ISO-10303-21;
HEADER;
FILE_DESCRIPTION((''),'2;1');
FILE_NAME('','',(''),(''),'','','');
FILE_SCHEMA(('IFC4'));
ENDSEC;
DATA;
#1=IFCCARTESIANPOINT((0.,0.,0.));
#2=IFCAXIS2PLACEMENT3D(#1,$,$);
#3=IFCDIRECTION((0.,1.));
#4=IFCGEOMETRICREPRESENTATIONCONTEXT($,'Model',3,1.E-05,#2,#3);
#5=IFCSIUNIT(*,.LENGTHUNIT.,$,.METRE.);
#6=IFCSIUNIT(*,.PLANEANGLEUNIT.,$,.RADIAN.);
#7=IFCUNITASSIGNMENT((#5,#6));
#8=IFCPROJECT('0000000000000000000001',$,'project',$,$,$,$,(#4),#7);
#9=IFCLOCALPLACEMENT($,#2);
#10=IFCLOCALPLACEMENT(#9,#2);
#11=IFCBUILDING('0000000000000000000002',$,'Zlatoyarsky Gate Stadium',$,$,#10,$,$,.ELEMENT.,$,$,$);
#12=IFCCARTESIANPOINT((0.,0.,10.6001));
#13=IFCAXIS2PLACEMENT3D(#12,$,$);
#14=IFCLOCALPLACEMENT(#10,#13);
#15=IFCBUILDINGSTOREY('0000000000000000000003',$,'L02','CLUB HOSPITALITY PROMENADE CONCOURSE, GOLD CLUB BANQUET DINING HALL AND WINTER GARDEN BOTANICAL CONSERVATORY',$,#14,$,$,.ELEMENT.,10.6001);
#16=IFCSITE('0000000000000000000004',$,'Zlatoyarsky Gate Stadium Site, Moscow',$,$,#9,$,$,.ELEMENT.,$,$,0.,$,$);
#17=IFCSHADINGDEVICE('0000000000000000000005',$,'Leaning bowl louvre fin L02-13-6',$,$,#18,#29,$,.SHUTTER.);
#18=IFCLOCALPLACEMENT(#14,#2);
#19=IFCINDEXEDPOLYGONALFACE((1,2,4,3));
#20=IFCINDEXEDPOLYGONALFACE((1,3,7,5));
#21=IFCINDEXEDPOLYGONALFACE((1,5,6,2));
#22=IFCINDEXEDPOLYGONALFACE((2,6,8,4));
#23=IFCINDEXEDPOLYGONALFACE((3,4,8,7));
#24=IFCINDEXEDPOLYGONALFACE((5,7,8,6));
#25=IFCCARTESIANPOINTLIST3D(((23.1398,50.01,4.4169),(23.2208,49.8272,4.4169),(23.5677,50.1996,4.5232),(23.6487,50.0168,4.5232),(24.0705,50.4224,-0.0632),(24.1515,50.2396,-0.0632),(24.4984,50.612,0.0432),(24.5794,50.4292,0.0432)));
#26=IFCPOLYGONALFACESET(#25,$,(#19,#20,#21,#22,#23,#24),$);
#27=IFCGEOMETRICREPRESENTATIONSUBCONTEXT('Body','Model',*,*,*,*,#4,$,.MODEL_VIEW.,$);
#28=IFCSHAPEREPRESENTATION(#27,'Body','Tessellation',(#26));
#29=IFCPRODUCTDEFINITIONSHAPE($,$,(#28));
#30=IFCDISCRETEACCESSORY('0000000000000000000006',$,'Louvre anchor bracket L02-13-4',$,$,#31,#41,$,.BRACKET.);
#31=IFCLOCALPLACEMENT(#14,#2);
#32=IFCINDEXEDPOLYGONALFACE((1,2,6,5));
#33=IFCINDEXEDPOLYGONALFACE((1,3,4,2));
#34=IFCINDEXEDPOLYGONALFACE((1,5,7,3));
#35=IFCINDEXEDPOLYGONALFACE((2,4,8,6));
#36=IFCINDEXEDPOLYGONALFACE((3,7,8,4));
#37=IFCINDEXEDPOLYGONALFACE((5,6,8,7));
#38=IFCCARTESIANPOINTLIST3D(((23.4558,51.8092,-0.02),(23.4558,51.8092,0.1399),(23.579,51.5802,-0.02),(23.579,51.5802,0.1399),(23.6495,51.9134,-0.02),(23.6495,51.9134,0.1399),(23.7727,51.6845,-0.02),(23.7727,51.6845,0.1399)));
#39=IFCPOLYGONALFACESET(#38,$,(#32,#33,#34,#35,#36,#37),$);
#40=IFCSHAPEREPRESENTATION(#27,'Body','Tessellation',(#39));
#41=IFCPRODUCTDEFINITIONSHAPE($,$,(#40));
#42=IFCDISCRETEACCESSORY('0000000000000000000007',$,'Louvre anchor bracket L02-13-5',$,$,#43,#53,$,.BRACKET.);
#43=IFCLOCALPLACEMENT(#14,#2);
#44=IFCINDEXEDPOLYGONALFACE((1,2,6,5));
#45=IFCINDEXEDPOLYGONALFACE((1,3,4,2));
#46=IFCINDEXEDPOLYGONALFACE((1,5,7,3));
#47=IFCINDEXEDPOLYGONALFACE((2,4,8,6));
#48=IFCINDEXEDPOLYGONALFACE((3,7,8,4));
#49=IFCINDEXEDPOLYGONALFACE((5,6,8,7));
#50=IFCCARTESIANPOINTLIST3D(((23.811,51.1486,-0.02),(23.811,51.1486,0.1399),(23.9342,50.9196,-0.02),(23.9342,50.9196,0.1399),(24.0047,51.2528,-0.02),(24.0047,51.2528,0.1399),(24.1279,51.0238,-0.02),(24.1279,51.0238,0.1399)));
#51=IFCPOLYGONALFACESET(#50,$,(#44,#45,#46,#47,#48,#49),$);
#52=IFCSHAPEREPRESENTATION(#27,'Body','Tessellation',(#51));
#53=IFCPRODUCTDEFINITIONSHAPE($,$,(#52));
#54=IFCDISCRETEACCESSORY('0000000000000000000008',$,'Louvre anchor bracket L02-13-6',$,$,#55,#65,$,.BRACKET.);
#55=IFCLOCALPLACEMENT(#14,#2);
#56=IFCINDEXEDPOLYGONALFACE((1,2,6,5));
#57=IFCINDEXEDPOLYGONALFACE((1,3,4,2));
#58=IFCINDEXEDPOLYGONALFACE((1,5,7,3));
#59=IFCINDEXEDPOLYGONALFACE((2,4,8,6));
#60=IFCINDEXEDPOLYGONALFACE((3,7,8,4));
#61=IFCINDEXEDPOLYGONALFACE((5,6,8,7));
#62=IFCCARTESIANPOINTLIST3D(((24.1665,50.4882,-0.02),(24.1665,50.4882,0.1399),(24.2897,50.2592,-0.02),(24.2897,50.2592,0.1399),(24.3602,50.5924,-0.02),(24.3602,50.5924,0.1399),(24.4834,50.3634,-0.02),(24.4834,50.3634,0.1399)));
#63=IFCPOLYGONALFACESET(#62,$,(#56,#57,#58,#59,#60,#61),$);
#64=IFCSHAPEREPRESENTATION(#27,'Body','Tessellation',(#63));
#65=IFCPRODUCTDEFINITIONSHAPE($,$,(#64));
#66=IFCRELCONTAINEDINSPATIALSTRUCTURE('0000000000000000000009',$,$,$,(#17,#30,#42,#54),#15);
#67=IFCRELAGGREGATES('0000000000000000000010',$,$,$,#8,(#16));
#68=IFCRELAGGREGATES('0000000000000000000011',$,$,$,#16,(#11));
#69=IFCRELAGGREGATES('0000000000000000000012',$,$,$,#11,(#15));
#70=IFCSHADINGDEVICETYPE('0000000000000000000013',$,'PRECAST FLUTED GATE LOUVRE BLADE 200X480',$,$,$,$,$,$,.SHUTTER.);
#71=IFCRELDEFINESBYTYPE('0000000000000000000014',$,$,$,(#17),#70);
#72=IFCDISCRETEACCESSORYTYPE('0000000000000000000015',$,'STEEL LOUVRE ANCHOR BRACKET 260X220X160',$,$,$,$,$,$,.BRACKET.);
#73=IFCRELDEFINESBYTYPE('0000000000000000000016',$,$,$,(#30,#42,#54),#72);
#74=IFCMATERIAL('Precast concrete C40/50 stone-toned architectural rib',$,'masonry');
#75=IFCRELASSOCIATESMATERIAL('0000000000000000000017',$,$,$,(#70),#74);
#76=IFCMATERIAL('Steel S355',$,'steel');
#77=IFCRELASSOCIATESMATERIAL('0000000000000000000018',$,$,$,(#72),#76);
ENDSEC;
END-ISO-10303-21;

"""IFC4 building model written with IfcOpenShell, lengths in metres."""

from ifc_helpers import new_model, si_unit, direction, frame, origin, origin_2d, place, context, subcontext, project, spatial, rectangle, extrude, material, material_profile, profile_set, type_object, element, save


model = new_model("IFC4")

# Units and contexts
model_context = context("Model", 3, precision=1e-05, world=origin(), true_north=direction((0.0, 1.0)))
body_context = subcontext(model_context, "Body", "Model", "MODEL_VIEW")
ifc_project = project(units=[si_unit("LENGTHUNIT", "METRE"), si_unit("PLANEANGLEUNIT", "RADIAN")], contexts=[model_context])

# Site, building, storey
site_placement = place(None, origin())
site = spatial("IfcSite", under=ifc_project, at=site_placement, Name="Zlatoyarsky Gate Stadium Site, Moscow", CompositionType="ELEMENT", RefElevation=0.0)
building_placement = place(site_placement, origin())
building = spatial("IfcBuilding", under=site, at=building_placement, Name="Zlatoyarsky Gate Stadium", CompositionType="ELEMENT")
storey_placement = place(building_placement, frame((0.0, 0.0, 10.6001)))
storey = spatial("IfcBuildingStorey", under=building, at=storey_placement, Name="L02", Description="CLUB HOSPITALITY PROMENADE CONCOURSE, GOLD CLUB BANQUET DINING HALL AND WINTER GARDEN BOTANICAL CONSERVATORY", CompositionType="ELEMENT", Elevation=10.6001)

# Shared definitions
ifc_material_1 = material(Name="Steel S355", Category="steel")

# Shading device
ifc_material_2 = material(Name="Precast concrete C40/50 stone-toned architectural rib", Category="masonry")
ifc_material_profile_1 = material_profile(ifc_material_2, rectangle(XDim=0.2, YDim=0.48, at=origin_2d()), Name="RIB 200X480")
ifc_profile_set_1 = profile_set([ifc_material_profile_1], Name="Precast concrete C40/50 stone-toned architectural rib")
shading_device_type = type_object("IfcShadingDeviceType", Name="PRECAST FLUTED GATE LOUVRE BLADE 200X480", PredefinedType="SHUTTER", material=ifc_profile_set_1)
shading_device_placement = place(storey_placement, frame((24.325, 50.4258, -0.01), z_axis=(-0.202575, -0.089756, 0.975145), x_axis=(0.405092, -0.914276, 0.0)))
element("IfcShadingDevice", 1, at=shading_device_placement, inside=storey, type_object=shading_device_type, Name="Leaning bowl louvre fin L02-13-6", PredefinedType="SHUTTER", context=body_context, shape_type="SweptSolid", body=[
    extrude(rectangle(XDim=0.2, YDim=0.48, at=origin_2d()), origin(), (0.0, 0.0, 1.0), 4.5942),
])

# Discrete accessories
discrete_accessory_type = type_object("IfcDiscreteAccessoryType", Name="STEEL LOUVRE ANCHOR BRACKET 260X220X160", PredefinedType="BRACKET", material=ifc_material_1)
for number, where, z_axis, x_axis, name in (
    (2, (23.6143, 51.7468, -0.02), (0.0, 0.0, 1.0), (0.473806, -0.880629, 0.0), "Louvre anchor bracket L02-13-4"),
    (3, (23.9695, 51.0862, -0.02), (0.0, 0.0, 1.0), (0.473806, -0.880629, 0.0), "Louvre anchor bracket L02-13-5"),
    (4, (24.325, 50.4258, -0.02), (0.0, 0.0, 1.0), (0.473806, -0.880629, 0.0), "Louvre anchor bracket L02-13-6"),
):
    element("IfcDiscreteAccessory", number, at=place(storey_placement, frame(where, z_axis=z_axis, x_axis=x_axis)), inside=storey, type_object=discrete_accessory_type, Name=name, PredefinedType="BRACKET", context=body_context, shape_type="SweptSolid", body=[
        extrude(rectangle(XDim=0.26, YDim=0.22, at=origin_2d()), origin(), (0.0, 0.0, 1.0), 0.1599),
    ])

save(model, "model.ifc")
